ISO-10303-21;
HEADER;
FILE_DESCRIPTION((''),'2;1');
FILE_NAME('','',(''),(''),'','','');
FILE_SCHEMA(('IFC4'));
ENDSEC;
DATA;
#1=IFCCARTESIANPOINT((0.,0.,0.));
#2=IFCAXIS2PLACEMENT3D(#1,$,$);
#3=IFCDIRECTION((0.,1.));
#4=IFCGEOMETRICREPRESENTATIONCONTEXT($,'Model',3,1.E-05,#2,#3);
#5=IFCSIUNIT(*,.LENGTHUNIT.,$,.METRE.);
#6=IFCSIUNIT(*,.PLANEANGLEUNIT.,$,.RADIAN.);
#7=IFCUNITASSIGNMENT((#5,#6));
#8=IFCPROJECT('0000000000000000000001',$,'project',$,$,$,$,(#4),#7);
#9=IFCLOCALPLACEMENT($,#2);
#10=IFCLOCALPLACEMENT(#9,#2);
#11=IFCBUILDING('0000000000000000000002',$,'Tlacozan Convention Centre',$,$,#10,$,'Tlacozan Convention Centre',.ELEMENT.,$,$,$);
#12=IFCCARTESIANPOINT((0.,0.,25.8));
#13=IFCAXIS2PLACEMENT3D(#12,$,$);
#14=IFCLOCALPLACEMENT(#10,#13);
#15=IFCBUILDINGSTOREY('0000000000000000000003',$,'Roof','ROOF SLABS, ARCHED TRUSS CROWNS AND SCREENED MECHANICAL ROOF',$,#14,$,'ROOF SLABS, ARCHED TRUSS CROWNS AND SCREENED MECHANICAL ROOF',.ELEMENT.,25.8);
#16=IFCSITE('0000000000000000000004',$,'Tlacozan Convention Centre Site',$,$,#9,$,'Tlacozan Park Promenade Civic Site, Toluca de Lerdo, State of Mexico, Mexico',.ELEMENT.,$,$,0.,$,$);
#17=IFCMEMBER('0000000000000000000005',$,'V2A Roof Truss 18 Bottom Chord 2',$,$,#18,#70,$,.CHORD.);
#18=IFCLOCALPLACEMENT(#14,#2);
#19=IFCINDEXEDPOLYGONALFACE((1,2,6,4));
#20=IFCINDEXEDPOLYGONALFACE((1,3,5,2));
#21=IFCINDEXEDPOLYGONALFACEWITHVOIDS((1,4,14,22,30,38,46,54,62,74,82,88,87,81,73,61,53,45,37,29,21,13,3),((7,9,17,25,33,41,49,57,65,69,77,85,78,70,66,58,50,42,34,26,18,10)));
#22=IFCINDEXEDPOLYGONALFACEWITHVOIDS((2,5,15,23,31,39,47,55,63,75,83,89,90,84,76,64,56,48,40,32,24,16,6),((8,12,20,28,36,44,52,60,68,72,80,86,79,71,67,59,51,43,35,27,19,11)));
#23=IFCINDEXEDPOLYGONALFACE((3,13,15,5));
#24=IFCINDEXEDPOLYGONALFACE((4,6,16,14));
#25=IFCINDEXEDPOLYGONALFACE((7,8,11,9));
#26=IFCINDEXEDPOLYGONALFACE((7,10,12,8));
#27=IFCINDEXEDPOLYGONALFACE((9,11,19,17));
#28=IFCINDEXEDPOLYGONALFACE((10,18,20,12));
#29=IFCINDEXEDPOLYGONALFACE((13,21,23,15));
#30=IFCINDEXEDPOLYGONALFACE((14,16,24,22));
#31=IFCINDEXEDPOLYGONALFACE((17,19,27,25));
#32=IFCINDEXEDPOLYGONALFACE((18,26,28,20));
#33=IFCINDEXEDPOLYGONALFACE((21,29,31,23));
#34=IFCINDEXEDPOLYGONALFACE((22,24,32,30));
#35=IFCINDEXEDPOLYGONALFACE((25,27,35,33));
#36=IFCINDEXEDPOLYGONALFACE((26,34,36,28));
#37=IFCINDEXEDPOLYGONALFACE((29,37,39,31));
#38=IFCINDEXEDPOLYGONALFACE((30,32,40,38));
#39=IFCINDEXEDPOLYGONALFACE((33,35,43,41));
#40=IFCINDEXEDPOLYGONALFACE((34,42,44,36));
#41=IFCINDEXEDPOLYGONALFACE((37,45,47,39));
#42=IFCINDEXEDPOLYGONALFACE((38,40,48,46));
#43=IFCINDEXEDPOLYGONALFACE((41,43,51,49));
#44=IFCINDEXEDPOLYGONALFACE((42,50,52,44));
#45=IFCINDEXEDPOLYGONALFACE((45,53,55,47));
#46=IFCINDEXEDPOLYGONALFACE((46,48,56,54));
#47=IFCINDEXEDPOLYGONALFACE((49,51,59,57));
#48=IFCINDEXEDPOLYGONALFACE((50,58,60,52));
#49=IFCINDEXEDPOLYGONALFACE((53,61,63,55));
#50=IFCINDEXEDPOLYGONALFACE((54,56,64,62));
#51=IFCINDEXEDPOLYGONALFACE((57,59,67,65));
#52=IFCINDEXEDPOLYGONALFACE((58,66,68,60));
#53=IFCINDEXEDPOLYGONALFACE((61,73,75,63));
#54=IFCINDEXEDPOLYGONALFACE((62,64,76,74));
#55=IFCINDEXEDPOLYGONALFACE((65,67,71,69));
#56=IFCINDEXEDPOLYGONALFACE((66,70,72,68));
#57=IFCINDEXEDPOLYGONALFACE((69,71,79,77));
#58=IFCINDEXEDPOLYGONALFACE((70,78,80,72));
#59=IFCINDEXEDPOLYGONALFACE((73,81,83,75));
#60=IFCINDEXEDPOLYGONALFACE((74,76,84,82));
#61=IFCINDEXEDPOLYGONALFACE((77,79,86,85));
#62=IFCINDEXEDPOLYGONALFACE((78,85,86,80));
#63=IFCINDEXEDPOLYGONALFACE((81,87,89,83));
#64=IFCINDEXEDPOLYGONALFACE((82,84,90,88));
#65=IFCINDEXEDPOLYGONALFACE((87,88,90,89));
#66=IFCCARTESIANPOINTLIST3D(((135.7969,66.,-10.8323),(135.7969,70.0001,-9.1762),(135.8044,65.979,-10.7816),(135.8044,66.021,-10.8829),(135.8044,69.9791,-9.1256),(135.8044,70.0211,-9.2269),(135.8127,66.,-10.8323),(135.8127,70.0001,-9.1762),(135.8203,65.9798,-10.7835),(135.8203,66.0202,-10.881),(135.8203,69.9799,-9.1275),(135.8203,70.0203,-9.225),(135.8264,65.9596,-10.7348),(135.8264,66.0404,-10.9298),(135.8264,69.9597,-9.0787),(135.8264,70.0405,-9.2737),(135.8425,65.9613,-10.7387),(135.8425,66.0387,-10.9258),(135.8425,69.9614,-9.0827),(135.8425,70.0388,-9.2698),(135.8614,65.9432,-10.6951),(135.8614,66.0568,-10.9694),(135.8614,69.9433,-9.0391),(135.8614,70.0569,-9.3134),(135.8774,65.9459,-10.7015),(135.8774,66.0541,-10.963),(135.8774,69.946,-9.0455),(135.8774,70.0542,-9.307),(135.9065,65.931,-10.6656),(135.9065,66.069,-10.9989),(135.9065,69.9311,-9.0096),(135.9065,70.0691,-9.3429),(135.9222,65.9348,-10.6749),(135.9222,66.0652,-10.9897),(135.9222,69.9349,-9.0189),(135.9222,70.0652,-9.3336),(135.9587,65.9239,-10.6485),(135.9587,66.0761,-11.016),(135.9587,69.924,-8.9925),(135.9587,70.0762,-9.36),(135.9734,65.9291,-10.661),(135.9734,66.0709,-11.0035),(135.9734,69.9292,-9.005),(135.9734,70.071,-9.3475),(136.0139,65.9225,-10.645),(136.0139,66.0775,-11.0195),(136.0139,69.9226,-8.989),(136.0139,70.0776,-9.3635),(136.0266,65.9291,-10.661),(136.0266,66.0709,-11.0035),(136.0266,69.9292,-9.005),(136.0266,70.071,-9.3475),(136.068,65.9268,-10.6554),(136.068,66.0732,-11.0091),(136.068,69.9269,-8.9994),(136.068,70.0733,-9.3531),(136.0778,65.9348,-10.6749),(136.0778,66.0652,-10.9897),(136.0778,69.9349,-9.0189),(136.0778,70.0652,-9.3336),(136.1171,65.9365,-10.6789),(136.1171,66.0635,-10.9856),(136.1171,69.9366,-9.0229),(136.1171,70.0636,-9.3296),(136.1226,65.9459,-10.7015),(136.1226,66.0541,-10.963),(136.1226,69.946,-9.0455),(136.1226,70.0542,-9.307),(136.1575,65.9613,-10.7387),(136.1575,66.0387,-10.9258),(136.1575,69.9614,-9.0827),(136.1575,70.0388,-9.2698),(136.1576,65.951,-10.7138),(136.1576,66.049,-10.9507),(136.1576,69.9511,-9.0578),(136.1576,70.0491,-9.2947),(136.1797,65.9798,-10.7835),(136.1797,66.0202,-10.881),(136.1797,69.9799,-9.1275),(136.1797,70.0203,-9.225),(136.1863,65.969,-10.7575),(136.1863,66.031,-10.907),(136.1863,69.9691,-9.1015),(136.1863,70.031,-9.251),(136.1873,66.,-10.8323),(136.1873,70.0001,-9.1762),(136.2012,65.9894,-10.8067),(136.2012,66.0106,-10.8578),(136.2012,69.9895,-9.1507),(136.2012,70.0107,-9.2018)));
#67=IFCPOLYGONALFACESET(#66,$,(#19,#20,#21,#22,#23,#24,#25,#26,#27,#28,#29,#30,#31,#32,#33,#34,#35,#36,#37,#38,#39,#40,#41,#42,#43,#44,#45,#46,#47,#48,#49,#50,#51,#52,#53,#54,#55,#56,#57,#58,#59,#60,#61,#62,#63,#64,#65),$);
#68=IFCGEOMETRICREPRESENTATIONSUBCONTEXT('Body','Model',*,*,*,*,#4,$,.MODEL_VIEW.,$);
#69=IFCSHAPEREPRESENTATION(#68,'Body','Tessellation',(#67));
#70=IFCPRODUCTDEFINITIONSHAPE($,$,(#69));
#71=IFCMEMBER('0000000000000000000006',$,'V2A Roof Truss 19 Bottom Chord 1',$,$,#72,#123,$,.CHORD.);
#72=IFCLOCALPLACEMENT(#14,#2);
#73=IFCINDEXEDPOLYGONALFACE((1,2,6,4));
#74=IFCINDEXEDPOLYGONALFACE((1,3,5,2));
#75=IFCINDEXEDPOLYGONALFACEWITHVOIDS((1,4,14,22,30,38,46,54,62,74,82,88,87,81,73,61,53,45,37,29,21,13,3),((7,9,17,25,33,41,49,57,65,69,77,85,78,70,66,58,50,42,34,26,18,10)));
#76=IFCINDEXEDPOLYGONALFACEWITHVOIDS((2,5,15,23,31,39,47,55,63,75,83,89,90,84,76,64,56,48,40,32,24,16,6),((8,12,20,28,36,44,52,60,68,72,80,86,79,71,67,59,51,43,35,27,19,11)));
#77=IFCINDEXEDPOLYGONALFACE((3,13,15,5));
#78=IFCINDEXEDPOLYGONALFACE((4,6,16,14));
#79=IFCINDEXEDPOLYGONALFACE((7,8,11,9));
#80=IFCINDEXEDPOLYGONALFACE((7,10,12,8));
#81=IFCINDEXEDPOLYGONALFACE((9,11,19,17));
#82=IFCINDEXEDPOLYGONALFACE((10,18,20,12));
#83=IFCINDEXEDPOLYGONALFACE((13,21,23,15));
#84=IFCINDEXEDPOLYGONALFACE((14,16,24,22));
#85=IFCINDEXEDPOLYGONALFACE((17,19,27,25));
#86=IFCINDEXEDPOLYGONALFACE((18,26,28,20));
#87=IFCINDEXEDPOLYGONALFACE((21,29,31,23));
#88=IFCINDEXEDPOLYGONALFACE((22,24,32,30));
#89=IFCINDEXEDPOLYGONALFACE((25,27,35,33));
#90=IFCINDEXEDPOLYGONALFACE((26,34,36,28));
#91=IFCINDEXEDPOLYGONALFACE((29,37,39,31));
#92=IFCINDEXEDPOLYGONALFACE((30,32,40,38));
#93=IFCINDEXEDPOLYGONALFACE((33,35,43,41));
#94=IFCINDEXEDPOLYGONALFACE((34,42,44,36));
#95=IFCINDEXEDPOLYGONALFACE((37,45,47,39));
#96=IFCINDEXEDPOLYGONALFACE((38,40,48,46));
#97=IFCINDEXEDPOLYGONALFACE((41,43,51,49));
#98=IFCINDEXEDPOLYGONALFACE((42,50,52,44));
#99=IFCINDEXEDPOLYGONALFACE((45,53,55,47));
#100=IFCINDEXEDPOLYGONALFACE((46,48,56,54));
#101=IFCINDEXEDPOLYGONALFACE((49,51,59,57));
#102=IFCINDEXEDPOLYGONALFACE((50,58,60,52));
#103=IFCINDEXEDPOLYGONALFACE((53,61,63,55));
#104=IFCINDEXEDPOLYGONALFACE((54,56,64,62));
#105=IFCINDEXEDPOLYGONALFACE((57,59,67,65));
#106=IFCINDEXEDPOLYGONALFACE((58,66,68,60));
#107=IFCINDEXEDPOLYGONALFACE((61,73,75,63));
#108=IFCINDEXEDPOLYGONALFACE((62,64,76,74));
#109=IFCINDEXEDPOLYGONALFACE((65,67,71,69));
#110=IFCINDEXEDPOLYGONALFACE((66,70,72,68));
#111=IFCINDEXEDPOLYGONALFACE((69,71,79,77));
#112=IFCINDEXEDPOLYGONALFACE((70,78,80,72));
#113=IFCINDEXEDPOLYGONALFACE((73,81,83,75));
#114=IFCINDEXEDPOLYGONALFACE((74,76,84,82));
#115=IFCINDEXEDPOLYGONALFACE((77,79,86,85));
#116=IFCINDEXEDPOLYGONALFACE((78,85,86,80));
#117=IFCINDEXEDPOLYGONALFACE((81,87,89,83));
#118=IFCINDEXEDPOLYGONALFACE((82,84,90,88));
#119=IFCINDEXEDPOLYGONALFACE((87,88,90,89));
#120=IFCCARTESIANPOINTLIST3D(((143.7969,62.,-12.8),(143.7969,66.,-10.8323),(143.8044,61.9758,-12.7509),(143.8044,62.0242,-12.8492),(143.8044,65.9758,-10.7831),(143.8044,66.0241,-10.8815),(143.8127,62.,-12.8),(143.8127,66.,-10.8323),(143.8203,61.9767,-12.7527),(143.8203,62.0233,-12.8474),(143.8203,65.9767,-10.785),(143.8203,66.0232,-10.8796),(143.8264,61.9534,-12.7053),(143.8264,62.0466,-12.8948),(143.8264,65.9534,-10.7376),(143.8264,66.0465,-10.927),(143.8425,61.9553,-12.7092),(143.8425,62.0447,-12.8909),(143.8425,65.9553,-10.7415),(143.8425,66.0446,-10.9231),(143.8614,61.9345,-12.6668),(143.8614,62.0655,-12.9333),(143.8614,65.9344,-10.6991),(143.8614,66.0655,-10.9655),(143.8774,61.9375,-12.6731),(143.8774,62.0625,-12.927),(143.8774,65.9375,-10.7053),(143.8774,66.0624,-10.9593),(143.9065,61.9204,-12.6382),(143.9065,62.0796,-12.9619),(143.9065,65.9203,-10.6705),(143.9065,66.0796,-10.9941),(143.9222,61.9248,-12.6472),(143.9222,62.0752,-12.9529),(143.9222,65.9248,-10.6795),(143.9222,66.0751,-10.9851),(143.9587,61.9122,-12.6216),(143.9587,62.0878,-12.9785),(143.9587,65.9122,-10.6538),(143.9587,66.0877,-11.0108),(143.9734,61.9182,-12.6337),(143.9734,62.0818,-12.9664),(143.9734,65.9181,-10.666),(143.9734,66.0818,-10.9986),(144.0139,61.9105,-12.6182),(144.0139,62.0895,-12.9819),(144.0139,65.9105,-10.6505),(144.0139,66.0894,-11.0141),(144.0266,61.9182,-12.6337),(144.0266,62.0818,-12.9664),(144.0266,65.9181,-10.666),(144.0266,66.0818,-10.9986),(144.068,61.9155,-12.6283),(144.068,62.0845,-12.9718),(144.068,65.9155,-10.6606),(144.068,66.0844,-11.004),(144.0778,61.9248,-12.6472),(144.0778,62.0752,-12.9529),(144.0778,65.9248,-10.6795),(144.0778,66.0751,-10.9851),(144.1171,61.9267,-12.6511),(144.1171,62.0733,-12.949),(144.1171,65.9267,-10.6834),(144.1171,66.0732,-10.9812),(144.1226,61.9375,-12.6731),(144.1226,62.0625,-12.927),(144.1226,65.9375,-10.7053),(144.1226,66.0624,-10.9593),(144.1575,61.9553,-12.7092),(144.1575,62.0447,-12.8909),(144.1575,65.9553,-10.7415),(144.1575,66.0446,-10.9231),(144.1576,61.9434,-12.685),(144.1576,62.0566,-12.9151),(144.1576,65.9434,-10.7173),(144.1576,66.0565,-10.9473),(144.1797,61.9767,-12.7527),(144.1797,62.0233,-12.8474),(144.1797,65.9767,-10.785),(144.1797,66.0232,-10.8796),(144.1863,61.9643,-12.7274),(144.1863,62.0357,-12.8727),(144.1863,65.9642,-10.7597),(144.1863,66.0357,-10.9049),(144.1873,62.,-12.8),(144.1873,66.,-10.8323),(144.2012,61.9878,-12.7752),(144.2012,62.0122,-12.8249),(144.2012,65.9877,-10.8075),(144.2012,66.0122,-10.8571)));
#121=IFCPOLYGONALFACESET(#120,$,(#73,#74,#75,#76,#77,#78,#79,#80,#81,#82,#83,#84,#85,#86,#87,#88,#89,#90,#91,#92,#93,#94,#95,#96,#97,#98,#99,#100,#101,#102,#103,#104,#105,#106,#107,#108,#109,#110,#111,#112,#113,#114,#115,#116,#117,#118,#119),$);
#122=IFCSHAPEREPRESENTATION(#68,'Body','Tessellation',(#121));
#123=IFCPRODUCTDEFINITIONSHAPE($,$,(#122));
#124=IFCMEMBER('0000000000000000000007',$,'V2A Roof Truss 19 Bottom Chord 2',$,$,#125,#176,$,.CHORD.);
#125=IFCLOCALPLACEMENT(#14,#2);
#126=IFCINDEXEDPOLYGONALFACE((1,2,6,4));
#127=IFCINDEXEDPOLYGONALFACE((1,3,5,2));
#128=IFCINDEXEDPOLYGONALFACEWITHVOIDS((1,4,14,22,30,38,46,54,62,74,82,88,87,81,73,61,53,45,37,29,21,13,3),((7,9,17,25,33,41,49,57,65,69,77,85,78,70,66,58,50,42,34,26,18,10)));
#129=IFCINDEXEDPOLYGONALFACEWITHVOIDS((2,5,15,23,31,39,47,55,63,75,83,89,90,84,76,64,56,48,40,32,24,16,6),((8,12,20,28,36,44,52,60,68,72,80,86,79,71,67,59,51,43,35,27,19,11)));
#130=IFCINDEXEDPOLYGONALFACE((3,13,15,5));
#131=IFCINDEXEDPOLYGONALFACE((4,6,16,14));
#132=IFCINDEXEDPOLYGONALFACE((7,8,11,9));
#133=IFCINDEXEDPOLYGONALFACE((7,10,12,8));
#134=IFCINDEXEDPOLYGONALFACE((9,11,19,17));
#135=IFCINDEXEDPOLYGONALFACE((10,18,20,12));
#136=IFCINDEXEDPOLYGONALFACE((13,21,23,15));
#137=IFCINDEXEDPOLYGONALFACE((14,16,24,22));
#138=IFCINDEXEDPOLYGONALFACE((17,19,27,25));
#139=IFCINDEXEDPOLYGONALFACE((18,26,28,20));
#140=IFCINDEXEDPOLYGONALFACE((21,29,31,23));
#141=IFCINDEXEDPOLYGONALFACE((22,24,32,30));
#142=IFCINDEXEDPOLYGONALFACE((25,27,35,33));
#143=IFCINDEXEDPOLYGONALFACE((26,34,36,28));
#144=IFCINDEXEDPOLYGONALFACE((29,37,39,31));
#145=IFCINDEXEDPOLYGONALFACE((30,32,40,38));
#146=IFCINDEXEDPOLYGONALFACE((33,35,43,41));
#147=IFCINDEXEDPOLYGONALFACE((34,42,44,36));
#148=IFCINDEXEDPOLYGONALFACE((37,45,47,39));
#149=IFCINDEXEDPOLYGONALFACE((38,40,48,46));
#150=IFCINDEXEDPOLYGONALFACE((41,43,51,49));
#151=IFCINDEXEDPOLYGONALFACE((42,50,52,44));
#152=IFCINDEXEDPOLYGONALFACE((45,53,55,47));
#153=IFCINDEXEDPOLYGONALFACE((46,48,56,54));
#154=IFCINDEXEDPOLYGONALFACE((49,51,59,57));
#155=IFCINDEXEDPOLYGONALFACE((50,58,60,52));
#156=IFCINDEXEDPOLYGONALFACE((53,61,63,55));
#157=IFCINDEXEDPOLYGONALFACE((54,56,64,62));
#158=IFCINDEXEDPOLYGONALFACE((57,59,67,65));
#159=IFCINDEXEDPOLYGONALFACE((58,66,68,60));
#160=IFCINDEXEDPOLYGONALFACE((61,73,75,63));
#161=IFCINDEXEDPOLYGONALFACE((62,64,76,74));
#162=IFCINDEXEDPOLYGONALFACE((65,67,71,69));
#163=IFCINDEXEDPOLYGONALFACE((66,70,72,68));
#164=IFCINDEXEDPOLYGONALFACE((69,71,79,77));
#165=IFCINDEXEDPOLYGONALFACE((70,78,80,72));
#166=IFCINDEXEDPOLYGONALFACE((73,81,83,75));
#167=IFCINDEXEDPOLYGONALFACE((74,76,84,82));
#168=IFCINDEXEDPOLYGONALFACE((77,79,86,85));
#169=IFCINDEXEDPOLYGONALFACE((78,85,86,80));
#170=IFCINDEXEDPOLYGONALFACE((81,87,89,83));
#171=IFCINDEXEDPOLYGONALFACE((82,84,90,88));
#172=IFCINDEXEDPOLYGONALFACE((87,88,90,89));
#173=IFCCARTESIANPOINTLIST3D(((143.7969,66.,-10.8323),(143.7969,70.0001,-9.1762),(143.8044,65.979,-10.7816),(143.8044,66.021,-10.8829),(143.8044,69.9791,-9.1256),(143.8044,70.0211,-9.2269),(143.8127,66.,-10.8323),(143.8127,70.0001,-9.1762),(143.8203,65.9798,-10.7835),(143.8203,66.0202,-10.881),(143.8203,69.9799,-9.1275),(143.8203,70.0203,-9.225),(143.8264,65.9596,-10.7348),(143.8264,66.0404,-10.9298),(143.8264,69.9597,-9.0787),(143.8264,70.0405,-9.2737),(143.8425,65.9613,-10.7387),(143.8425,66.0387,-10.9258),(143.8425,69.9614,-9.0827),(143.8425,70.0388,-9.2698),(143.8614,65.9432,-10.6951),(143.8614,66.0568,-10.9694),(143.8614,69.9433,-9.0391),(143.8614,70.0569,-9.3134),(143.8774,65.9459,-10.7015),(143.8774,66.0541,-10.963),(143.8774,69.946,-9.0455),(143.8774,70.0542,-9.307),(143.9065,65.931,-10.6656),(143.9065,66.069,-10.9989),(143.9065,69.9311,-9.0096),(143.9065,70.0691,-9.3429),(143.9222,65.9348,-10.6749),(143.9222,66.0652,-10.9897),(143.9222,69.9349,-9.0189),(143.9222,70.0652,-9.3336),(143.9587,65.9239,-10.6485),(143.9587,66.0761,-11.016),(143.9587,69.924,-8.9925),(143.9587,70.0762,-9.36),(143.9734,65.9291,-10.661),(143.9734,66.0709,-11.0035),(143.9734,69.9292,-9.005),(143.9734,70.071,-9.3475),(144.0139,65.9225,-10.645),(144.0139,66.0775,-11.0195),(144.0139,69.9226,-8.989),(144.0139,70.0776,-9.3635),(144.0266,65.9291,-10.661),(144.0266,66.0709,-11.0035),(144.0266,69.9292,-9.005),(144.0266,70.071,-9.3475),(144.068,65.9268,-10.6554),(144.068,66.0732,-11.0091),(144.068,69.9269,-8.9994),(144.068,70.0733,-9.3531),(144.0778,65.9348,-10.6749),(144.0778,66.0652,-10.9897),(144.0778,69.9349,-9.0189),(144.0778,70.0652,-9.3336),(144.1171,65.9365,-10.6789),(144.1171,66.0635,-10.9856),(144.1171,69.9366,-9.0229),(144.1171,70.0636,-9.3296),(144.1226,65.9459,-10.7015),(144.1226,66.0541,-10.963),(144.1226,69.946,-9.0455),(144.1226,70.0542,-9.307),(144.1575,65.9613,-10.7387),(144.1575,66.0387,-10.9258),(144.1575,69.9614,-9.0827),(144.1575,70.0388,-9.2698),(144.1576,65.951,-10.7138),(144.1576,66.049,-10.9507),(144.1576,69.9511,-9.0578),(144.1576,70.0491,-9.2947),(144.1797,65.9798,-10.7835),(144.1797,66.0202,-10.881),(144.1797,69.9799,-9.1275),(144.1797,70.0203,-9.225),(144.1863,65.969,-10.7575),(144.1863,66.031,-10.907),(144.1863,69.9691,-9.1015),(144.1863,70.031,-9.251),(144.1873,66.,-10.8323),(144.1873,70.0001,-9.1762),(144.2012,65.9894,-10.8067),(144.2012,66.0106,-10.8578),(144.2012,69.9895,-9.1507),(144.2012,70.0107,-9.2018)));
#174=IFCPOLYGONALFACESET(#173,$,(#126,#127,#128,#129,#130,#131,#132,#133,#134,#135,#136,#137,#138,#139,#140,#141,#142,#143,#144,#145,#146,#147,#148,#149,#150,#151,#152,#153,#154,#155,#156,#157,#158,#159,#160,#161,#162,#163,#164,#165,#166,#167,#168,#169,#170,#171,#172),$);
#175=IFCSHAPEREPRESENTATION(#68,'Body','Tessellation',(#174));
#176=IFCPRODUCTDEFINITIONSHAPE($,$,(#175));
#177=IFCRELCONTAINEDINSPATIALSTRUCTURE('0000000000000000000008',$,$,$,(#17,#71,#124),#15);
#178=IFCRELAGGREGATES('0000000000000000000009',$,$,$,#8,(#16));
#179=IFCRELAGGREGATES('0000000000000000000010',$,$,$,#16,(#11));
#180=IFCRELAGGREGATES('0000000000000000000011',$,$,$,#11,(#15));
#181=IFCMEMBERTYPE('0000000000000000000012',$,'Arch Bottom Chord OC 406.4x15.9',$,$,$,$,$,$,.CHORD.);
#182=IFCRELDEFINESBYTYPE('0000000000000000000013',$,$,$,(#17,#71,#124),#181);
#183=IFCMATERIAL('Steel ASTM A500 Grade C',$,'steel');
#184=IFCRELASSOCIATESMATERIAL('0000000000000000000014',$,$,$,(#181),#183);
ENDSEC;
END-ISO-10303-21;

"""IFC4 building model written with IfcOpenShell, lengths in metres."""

from ifc_helpers import new_model, si_unit, direction, frame, origin, origin_2d, place, context, subcontext, project, spatial, hollow_circle, extrude, material, material_profile, profile_set, type_object, element, save


model = new_model("IFC4")

# Units and contexts
model_context = context("Model", 3, precision=1e-05, world=origin(), true_north=direction((0.0, 1.0)))
body_context = subcontext(model_context, "Body", "Model", "MODEL_VIEW")
ifc_project = project(units=[si_unit("LENGTHUNIT", "METRE"), si_unit("PLANEANGLEUNIT", "RADIAN")], contexts=[model_context])

# Site, building, storey
site_placement = place(None, origin())
site = spatial("IfcSite", under=ifc_project, at=site_placement, Name="Tlacozan Convention Centre Site", LongName="Tlacozan Park Promenade Civic Site, Toluca de Lerdo, State of Mexico, Mexico", CompositionType="ELEMENT", RefElevation=0.0)
building_placement = place(site_placement, origin())
building = spatial("IfcBuilding", under=site, at=building_placement, Name="Tlacozan Convention Centre", LongName="Tlacozan Convention Centre", CompositionType="ELEMENT")
storey_placement = place(building_placement, frame((0.0, 0.0, 25.8)))
storey = spatial("IfcBuildingStorey", under=building, at=storey_placement, Name="Roof", Description="ROOF SLABS, ARCHED TRUSS CROWNS AND SCREENED MECHANICAL ROOF", LongName="ROOF SLABS, ARCHED TRUSS CROWNS AND SCREENED MECHANICAL ROOF", CompositionType="ELEMENT", Elevation=25.8)

# Members
ifc_material_1 = material(Name="Steel ASTM A500 Grade C", Category="steel")
ifc_material_profile_1 = material_profile(ifc_material_1, hollow_circle(Radius=0.2031, WallThickness=0.0159, at=origin_2d()), Name="OC 406.4x15.9")
ifc_profile_set_1 = profile_set([ifc_material_profile_1], Name="Steel ASTM A500 Grade C")
member_type_1 = type_object("IfcMemberType", Name="Arch Bottom Chord OC 406.4x15.9", PredefinedType="CHORD", material=ifc_profile_set_1)
member_1_placement = place(storey_placement, frame((136.0, 66.0, -10.8323), z_axis=(0.0, 0.923949, 0.382516), x_axis=(-1.0, 0.0, 0.0)))
element("IfcMember", 1, at=member_1_placement, inside=storey, type_object=member_type_1, Name="V2A Roof Truss 18 Bottom Chord 2", PredefinedType="CHORD", context=body_context, shape_type="SweptSolid", body=[
    extrude(hollow_circle(Radius=0.2031, WallThickness=0.0159, at=origin_2d()), origin(), (0.0, 0.0, 1.0), 4.3293),
])
member_2_placement = place(storey_placement, frame((144.0, 62.0, -12.8), z_axis=(0.0, 0.8973, 0.441421), x_axis=(-1.0, 0.0, 0.0)))
element("IfcMember", 2, at=member_2_placement, inside=storey, type_object=member_type_1, Name="V2A Roof Truss 19 Bottom Chord 1", PredefinedType="CHORD", context=body_context, shape_type="SweptSolid", body=[
    extrude(hollow_circle(Radius=0.2031, WallThickness=0.0159, at=origin_2d()), origin(), (0.0, 0.0, 1.0), 4.4578),
])
member_3_placement = place(storey_placement, frame((144.0, 66.0, -10.8323), z_axis=(0.0, 0.923949, 0.382516), x_axis=(-1.0, 0.0, 0.0)))
element("IfcMember", 3, at=member_3_placement, inside=storey, type_object=member_type_1, Name="V2A Roof Truss 19 Bottom Chord 2", PredefinedType="CHORD", context=body_context, shape_type="SweptSolid", body=[
    extrude(hollow_circle(Radius=0.2031, WallThickness=0.0159, at=origin_2d()), origin(), (0.0, 0.0, 1.0), 4.3293),
])

save(model, "model.ifc")
